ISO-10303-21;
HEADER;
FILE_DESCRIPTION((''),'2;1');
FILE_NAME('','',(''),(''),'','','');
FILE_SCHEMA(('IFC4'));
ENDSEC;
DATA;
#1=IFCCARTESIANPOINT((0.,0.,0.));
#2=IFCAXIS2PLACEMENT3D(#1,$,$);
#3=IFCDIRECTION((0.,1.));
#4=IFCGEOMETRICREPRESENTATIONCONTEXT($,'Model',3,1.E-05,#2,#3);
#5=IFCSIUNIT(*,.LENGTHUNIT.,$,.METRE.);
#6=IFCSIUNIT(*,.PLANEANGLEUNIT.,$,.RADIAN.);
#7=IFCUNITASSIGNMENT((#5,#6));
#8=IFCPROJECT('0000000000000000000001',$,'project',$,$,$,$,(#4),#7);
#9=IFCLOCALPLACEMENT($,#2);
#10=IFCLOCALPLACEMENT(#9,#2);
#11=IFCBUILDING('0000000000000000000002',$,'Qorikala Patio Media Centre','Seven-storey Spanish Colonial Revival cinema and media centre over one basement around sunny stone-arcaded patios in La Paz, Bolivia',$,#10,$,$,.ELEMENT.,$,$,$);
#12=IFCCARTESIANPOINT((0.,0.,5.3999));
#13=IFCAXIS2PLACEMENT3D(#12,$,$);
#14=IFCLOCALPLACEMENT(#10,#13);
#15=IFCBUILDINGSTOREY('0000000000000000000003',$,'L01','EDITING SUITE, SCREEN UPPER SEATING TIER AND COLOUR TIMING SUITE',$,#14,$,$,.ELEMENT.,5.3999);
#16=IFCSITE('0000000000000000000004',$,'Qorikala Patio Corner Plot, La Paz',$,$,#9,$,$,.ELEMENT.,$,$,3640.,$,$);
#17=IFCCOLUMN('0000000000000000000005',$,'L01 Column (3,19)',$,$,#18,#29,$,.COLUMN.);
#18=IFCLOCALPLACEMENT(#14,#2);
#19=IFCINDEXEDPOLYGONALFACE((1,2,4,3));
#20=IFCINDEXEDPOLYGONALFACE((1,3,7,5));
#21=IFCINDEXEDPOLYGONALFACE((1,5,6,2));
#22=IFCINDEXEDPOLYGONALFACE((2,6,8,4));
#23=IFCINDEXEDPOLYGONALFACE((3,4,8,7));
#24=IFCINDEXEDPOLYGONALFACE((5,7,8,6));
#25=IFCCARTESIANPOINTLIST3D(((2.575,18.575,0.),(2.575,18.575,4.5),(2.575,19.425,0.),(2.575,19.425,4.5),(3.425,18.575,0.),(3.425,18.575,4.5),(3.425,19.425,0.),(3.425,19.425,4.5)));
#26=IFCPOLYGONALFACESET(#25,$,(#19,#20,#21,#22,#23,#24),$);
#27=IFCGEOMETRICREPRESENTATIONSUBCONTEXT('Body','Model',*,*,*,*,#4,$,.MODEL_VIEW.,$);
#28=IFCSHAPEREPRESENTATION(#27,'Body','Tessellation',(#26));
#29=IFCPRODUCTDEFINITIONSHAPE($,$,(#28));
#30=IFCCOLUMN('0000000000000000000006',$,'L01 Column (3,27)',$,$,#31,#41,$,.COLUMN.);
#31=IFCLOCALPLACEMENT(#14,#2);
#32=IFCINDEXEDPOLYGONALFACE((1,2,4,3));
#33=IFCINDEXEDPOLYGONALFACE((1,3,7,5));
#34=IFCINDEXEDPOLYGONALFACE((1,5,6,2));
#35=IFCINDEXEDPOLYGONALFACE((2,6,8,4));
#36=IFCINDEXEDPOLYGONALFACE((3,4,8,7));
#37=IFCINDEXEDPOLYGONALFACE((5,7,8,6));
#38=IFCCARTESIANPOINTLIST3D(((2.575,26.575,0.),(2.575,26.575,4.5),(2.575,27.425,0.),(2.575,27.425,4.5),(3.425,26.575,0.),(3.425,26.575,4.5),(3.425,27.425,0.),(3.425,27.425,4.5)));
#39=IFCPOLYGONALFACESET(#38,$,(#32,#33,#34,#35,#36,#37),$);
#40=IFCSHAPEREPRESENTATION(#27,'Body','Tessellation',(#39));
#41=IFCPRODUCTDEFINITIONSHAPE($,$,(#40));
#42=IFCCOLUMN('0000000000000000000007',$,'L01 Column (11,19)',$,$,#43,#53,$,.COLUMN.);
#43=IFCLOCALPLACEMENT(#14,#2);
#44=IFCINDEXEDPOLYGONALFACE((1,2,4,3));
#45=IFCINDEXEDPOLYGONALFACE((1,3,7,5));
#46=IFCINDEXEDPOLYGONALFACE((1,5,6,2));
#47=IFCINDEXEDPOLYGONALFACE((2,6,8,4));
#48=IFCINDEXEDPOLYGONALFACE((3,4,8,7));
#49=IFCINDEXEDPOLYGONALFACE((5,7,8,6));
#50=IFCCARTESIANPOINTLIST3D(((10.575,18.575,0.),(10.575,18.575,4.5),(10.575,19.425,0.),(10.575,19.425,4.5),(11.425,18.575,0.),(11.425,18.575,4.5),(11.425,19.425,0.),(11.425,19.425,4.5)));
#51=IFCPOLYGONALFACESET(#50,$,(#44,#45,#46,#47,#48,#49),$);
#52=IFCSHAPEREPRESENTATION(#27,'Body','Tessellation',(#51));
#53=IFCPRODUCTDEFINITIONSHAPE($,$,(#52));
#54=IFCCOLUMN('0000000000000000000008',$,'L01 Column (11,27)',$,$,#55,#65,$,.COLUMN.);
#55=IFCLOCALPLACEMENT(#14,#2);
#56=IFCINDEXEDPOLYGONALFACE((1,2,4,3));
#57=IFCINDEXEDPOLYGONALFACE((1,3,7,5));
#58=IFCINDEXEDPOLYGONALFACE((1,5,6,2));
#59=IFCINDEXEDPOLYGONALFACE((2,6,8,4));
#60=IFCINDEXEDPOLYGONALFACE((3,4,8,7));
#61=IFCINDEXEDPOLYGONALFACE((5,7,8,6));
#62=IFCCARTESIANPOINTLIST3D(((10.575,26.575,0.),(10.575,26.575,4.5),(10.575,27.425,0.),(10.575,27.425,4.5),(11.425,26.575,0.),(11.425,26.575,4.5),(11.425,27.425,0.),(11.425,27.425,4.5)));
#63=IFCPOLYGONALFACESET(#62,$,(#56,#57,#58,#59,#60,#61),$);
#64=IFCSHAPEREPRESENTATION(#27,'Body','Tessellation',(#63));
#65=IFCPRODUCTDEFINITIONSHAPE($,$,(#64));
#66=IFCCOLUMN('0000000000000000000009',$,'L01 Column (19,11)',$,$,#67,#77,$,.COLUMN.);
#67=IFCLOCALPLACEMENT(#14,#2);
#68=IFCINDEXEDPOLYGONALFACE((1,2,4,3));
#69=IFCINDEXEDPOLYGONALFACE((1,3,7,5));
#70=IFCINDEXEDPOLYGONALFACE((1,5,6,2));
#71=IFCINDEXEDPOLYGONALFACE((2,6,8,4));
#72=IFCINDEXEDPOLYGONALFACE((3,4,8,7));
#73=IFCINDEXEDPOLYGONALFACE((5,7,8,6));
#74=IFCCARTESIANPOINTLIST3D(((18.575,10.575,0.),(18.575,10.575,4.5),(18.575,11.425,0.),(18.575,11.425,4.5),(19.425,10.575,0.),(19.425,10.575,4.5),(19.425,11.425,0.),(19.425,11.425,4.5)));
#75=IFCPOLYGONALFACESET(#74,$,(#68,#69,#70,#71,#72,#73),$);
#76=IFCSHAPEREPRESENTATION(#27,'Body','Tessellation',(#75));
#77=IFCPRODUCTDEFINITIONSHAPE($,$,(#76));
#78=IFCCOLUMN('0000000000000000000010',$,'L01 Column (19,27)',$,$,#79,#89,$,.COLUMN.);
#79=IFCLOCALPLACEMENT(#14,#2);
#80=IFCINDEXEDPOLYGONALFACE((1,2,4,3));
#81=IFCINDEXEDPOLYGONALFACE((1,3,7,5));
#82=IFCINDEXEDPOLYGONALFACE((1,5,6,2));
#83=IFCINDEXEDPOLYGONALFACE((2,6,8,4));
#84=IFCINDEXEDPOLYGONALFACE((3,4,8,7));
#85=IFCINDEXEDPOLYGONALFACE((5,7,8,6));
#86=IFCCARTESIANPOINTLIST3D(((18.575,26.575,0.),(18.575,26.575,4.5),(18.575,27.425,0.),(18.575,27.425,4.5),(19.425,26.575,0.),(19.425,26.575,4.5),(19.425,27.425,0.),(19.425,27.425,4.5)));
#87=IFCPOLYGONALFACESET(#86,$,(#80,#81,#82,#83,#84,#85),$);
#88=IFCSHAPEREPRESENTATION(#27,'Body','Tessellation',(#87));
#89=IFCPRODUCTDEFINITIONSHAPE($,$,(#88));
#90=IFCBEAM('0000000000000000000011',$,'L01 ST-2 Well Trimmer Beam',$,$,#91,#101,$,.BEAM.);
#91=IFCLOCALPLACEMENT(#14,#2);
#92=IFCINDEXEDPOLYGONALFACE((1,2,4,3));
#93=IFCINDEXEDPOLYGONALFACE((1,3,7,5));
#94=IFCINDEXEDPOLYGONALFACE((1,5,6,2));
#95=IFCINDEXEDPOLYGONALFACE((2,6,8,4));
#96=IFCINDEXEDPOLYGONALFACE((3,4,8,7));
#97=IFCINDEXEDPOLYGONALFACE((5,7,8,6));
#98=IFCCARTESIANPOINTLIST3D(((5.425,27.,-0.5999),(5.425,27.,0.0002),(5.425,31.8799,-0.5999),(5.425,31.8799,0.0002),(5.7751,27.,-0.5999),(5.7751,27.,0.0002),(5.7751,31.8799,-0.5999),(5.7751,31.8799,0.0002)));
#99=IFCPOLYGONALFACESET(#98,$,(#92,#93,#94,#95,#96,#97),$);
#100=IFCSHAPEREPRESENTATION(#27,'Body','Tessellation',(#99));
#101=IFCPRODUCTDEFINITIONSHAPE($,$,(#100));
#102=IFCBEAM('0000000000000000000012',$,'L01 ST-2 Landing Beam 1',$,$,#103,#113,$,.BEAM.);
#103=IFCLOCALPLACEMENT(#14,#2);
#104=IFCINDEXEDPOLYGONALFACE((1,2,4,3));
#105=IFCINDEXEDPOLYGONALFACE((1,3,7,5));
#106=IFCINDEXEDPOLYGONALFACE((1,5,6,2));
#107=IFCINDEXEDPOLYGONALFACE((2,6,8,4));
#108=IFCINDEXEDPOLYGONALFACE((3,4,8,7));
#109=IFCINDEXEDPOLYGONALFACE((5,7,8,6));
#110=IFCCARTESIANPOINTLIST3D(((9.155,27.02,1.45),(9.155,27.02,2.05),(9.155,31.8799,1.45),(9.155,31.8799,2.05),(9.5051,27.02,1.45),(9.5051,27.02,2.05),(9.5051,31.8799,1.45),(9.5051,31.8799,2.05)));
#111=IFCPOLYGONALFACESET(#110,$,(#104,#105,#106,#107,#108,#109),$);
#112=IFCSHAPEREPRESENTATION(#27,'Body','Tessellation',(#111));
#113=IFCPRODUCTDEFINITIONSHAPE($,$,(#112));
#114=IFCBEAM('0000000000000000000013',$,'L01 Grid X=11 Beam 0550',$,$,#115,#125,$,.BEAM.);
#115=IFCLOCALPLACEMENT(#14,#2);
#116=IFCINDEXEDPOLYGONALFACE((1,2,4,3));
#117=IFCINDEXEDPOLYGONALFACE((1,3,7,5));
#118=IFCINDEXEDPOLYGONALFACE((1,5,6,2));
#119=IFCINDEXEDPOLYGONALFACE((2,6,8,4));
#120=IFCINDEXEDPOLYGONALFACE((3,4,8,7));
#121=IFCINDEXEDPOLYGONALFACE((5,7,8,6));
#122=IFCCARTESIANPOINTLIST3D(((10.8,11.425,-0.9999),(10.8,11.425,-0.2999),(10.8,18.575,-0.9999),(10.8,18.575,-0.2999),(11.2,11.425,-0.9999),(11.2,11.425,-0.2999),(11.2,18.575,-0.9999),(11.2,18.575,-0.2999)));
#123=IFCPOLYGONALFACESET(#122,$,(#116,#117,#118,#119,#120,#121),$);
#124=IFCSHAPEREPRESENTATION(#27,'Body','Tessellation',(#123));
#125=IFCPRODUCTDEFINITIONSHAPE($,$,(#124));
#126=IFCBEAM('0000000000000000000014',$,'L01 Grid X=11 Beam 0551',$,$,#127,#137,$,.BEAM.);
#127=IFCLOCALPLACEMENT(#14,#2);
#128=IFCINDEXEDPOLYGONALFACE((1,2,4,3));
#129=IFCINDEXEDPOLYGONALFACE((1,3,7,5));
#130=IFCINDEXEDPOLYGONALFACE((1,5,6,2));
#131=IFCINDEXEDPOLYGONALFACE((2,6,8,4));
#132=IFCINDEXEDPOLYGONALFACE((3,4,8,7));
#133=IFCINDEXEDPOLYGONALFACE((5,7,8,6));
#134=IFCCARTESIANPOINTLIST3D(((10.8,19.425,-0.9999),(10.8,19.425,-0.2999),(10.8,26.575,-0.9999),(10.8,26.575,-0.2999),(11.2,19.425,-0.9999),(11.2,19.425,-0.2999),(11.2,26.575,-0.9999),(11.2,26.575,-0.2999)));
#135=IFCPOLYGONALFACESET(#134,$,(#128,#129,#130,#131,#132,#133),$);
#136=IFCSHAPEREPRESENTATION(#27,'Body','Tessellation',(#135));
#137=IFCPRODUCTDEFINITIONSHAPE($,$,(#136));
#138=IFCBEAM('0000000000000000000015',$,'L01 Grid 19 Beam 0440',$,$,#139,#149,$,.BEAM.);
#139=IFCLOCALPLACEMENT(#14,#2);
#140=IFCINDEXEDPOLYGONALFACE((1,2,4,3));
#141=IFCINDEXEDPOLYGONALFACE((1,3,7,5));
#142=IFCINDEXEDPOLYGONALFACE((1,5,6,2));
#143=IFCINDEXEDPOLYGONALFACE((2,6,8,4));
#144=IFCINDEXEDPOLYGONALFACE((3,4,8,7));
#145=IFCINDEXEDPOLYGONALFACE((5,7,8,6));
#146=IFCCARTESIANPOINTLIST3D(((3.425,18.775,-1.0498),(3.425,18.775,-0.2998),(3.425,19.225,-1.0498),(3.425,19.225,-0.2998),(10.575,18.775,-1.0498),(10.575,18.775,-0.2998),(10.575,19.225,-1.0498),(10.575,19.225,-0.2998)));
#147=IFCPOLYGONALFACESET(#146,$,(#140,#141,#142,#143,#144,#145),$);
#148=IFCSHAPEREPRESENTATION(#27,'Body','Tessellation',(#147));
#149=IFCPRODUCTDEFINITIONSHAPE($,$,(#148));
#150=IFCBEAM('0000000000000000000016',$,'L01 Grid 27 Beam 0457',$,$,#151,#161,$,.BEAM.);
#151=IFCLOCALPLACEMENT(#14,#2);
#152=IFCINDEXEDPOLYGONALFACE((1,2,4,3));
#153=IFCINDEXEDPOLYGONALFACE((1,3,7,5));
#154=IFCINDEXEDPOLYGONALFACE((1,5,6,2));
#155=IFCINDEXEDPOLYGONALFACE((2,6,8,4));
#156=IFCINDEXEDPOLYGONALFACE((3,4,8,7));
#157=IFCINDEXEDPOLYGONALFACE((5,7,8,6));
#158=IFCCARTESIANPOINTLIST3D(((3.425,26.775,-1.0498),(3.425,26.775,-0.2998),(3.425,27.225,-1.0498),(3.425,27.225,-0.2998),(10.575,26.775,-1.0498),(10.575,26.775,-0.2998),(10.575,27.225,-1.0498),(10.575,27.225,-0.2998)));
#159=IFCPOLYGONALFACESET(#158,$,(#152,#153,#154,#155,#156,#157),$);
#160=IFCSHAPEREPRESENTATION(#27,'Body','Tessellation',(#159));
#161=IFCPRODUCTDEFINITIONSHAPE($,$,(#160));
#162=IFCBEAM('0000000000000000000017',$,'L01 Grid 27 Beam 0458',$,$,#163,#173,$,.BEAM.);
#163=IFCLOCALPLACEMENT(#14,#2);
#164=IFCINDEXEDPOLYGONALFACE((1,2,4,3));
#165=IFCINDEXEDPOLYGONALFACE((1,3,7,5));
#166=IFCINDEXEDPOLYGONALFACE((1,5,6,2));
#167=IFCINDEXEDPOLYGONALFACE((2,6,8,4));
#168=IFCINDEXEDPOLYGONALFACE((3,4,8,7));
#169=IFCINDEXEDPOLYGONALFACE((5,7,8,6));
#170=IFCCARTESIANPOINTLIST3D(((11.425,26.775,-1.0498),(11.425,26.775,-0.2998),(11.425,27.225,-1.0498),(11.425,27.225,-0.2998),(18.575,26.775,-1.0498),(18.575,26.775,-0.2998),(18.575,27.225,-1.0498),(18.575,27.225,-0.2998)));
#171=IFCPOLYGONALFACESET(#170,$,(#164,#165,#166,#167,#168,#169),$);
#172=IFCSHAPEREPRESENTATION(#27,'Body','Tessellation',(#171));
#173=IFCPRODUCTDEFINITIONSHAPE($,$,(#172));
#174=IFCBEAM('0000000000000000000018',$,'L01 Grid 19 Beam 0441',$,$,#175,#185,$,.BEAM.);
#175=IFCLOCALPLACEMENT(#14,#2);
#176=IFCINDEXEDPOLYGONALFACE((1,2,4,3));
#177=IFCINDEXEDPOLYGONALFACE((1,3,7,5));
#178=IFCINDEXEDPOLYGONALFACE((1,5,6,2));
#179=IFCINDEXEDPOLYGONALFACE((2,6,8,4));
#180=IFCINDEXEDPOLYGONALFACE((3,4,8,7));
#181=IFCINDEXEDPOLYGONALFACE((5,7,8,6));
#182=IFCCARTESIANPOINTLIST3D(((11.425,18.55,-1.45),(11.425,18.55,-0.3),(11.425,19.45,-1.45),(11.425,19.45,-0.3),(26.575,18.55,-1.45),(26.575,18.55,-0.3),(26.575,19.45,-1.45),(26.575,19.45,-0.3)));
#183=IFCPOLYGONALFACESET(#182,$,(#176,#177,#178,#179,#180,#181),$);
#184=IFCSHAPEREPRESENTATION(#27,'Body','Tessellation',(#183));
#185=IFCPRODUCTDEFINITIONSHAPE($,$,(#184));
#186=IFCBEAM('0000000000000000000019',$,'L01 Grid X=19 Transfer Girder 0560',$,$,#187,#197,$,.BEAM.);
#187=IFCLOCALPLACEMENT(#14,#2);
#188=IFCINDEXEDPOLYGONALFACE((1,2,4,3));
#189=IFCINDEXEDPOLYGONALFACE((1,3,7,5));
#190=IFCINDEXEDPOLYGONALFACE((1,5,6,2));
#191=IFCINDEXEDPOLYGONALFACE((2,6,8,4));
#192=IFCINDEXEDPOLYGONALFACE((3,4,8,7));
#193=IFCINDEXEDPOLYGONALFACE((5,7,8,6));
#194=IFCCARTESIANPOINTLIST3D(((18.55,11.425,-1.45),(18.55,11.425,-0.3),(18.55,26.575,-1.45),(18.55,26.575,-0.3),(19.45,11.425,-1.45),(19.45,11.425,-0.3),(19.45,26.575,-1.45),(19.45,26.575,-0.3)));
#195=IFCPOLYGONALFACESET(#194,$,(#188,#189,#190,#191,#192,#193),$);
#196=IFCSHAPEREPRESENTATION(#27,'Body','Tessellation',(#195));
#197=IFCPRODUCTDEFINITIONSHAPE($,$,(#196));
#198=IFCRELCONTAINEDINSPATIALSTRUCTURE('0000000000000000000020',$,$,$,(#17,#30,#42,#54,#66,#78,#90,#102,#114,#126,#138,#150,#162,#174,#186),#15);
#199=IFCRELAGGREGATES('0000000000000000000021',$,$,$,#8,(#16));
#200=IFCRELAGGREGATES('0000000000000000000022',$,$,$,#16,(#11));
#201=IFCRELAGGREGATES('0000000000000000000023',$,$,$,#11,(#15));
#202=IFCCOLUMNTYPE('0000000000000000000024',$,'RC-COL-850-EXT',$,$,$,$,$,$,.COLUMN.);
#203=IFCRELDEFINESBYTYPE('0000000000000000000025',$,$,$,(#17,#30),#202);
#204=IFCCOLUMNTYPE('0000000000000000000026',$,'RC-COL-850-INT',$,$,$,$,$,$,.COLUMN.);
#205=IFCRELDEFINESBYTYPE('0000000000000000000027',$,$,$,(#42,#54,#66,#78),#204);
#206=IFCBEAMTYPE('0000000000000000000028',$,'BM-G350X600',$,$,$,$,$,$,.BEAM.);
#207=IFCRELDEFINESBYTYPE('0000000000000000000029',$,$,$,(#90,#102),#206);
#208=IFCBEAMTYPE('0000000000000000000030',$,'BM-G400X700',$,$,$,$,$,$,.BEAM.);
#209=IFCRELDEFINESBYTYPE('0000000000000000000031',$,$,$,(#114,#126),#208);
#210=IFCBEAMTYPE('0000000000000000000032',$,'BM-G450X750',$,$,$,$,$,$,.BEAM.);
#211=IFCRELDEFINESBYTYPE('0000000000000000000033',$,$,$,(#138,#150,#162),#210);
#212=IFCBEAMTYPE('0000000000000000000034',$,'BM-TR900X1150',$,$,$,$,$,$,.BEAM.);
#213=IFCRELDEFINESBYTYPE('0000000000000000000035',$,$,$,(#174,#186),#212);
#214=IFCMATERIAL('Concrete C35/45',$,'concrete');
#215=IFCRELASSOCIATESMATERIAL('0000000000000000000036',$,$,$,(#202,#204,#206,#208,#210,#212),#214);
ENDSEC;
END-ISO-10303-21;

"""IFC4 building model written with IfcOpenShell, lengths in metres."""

from ifc_helpers import new_model, si_unit, direction, frame, origin, origin_2d, place, context, subcontext, project, spatial, rectangle, extrude, material, material_profile, profile_set, type_object, element, save


model = new_model("IFC4")

# Units and contexts
model_context = context("Model", 3, precision=1e-05, world=origin(), true_north=direction((0.0, 1.0)))
body_context = subcontext(model_context, "Body", "Model", "MODEL_VIEW")
ifc_project = project(units=[si_unit("LENGTHUNIT", "METRE"), si_unit("PLANEANGLEUNIT", "RADIAN")], contexts=[model_context])

# Site, building, storey
site_placement = place(None, origin())
site = spatial("IfcSite", under=ifc_project, at=site_placement, Name="Qorikala Patio Corner Plot, La Paz", CompositionType="ELEMENT", RefElevation=3640.0)
building_placement = place(site_placement, origin())
building = spatial("IfcBuilding", under=site, at=building_placement, Name="Qorikala Patio Media Centre", Description="Seven-storey Spanish Colonial Revival cinema and media centre over one basement around sunny stone-arcaded patios in La Paz, Bolivia", CompositionType="ELEMENT")
storey_placement = place(building_placement, frame((0.0, 0.0, 5.3999)))
storey = spatial("IfcBuildingStorey", under=building, at=storey_placement, Name="L01", Description="EDITING SUITE, SCREEN UPPER SEATING TIER AND COLOUR TIMING SUITE", CompositionType="ELEMENT", Elevation=5.3999)

# Columns
ifc_material_1 = material(Name="Concrete C35/45", Category="concrete")
ifc_material_profile_1 = material_profile(ifc_material_1, rectangle(XDim=0.8501, YDim=0.8501, at=origin_2d()), Name="RC 850x850")
ifc_profile_set_1 = profile_set([ifc_material_profile_1], Name="Concrete C35/45")
column_type_1 = type_object("IfcColumnType", Name="RC-COL-850-EXT", PredefinedType="COLUMN", material=ifc_profile_set_1)
for number, where, z_axis, x_axis, name in (
    (1, (3.0, 19.0, 0.0), (0.0, 0.0, 1.0), (1.0, 0.0, 0.0), "L01 Column (3,19)"),
    (2, (3.0, 27.0, 0.0), (0.0, 0.0, 1.0), (1.0, 0.0, 0.0), "L01 Column (3,27)"),
):
    element("IfcColumn", number, at=place(storey_placement, frame(where, z_axis=z_axis, x_axis=x_axis)), inside=storey, type_object=column_type_1, Name=name, PredefinedType="COLUMN", context=body_context, shape_type="SweptSolid", body=[
        extrude(rectangle(XDim=0.8501, YDim=0.8501, at=origin_2d()), origin(), (0.0, 0.0, 1.0), 4.5),
    ])
ifc_material_profile_2 = material_profile(ifc_material_1, rectangle(XDim=0.8501, YDim=0.8501, at=origin_2d()), Name="RC 850x850")
ifc_profile_set_2 = profile_set([ifc_material_profile_2], Name="Concrete C35/45")
column_type_2 = type_object("IfcColumnType", Name="RC-COL-850-INT", PredefinedType="COLUMN", material=ifc_profile_set_2)
for number, where, z_axis, x_axis, name in (
    (3, (11.0, 19.0, 0.0), (0.0, 0.0, 1.0), (1.0, 0.0, 0.0), "L01 Column (11,19)"),
    (4, (11.0, 27.0, 0.0), (0.0, 0.0, 1.0), (1.0, 0.0, 0.0), "L01 Column (11,27)"),
    (5, (19.0, 11.0, 0.0), (0.0, 0.0, 1.0), (1.0, 0.0, 0.0), "L01 Column (19,11)"),
    (6, (19.0, 27.0, 0.0), (0.0, 0.0, 1.0), (1.0, 0.0, 0.0), "L01 Column (19,27)"),
):
    element("IfcColumn", number, at=place(storey_placement, frame(where, z_axis=z_axis, x_axis=x_axis)), inside=storey, type_object=column_type_2, Name=name, PredefinedType="COLUMN", context=body_context, shape_type="SweptSolid", body=[
        extrude(rectangle(XDim=0.8501, YDim=0.8501, at=origin_2d()), origin(), (0.0, 0.0, 1.0), 4.5),
    ])

# Beams
ifc_material_profile_3 = material_profile(ifc_material_1, rectangle(XDim=0.3501, YDim=0.6001, at=origin_2d()), Name="RC 350x600")
ifc_profile_set_3 = profile_set([ifc_material_profile_3], Name="Concrete C35/45")
beam_type_1 = type_object("IfcBeamType", Name="BM-G350X600", PredefinedType="BEAM", material=ifc_profile_set_3)
beam_1_placement = place(storey_placement, frame((5.6001, 27.0, -0.2998), z_axis=(0.0, 1.0, 0.0), x_axis=(-1.0, 0.0, 0.0)))
element("IfcBeam", 7, at=beam_1_placement, inside=storey, type_object=beam_type_1, Name="L01 ST-2 Well Trimmer Beam", PredefinedType="BEAM", context=body_context, shape_type="SweptSolid", body=[
    extrude(rectangle(XDim=0.3501, YDim=0.6001, at=origin_2d()), origin(), (0.0, 0.0, 1.0), 4.8799),
])
beam_2_placement = place(storey_placement, frame((9.3301, 27.02, 1.75), z_axis=(0.0, 1.0, 0.0), x_axis=(-1.0, 0.0, 0.0)))
element("IfcBeam", 8, at=beam_2_placement, inside=storey, type_object=beam_type_1, Name="L01 ST-2 Landing Beam 1", PredefinedType="BEAM", context=body_context, shape_type="SweptSolid", body=[
    extrude(rectangle(XDim=0.3501, YDim=0.6001, at=origin_2d()), origin(), (0.0, 0.0, 1.0), 4.8599),
])
ifc_material_profile_4 = material_profile(ifc_material_1, rectangle(XDim=0.3999, YDim=0.7, at=origin_2d()), Name="RC 400x700")
ifc_profile_set_4 = profile_set([ifc_material_profile_4], Name="Concrete C35/45")
beam_type_2 = type_object("IfcBeamType", Name="BM-G400X700", PredefinedType="BEAM", material=ifc_profile_set_4)
for number, where, z_axis, x_axis, name in (
    (9, (11.0, 11.425, -0.6499), (0.0, 1.0, 0.0), (-1.0, 0.0, 0.0), "L01 Grid X=11 Beam 0550"),
    (10, (11.0, 19.425, -0.6499), (0.0, 1.0, 0.0), (-1.0, 0.0, 0.0), "L01 Grid X=11 Beam 0551"),
):
    element("IfcBeam", number, at=place(storey_placement, frame(where, z_axis=z_axis, x_axis=x_axis)), inside=storey, type_object=beam_type_2, Name=name, PredefinedType="BEAM", context=body_context, shape_type="SweptSolid", body=[
        extrude(rectangle(XDim=0.3999, YDim=0.7, at=origin_2d()), origin(), (0.0, 0.0, 1.0), 7.1499),
    ])
ifc_material_profile_5 = material_profile(ifc_material_1, rectangle(XDim=0.45, YDim=0.75, at=origin_2d()), Name="RC 450x750")
ifc_profile_set_5 = profile_set([ifc_material_profile_5], Name="Concrete C35/45")
beam_type_3 = type_object("IfcBeamType", Name="BM-G450X750", PredefinedType="BEAM", material=ifc_profile_set_5)
for number, where, z_axis, x_axis, name in (
    (11, (3.425, 19.0, -0.6748), (1.0, 0.0, 0.0), (0.0, 1.0, 0.0), "L01 Grid 19 Beam 0440"),
    (12, (3.425, 27.0, -0.6748), (1.0, 0.0, 0.0), (0.0, 1.0, 0.0), "L01 Grid 27 Beam 0457"),
    (13, (11.425, 27.0, -0.6748), (1.0, 0.0, 0.0), (0.0, 1.0, 0.0), "L01 Grid 27 Beam 0458"),
):
    element("IfcBeam", number, at=place(storey_placement, frame(where, z_axis=z_axis, x_axis=x_axis)), inside=storey, type_object=beam_type_3, Name=name, PredefinedType="BEAM", context=body_context, shape_type="SweptSolid", body=[
        extrude(rectangle(XDim=0.45, YDim=0.75, at=origin_2d()), origin(), (0.0, 0.0, 1.0), 7.1499),
    ])
ifc_material_profile_6 = material_profile(ifc_material_1, rectangle(XDim=0.8999, YDim=1.1499, at=origin_2d()), Name="RC 900x1150")
ifc_profile_set_6 = profile_set([ifc_material_profile_6], Name="Concrete C35/45")
beam_type_4 = type_object("IfcBeamType", Name="BM-TR900X1150", PredefinedType="BEAM", material=ifc_profile_set_6)
for number, where, z_axis, x_axis, name in (
    (14, (11.425, 19.0, -0.875), (1.0, 0.0, 0.0), (0.0, 1.0, 0.0), "L01 Grid 19 Beam 0441"),
    (15, (19.0, 11.425, -0.875), (0.0, 1.0, 0.0), (-1.0, 0.0, 0.0), "L01 Grid X=19 Transfer Girder 0560"),
):
    element("IfcBeam", number, at=place(storey_placement, frame(where, z_axis=z_axis, x_axis=x_axis)), inside=storey, type_object=beam_type_4, Name=name, PredefinedType="BEAM", context=body_context, shape_type="SweptSolid", body=[
        extrude(rectangle(XDim=0.8999, YDim=1.1499, at=origin_2d()), origin(), (0.0, 0.0, 1.0), 15.1499),
    ])

save(model, "model.ifc")
